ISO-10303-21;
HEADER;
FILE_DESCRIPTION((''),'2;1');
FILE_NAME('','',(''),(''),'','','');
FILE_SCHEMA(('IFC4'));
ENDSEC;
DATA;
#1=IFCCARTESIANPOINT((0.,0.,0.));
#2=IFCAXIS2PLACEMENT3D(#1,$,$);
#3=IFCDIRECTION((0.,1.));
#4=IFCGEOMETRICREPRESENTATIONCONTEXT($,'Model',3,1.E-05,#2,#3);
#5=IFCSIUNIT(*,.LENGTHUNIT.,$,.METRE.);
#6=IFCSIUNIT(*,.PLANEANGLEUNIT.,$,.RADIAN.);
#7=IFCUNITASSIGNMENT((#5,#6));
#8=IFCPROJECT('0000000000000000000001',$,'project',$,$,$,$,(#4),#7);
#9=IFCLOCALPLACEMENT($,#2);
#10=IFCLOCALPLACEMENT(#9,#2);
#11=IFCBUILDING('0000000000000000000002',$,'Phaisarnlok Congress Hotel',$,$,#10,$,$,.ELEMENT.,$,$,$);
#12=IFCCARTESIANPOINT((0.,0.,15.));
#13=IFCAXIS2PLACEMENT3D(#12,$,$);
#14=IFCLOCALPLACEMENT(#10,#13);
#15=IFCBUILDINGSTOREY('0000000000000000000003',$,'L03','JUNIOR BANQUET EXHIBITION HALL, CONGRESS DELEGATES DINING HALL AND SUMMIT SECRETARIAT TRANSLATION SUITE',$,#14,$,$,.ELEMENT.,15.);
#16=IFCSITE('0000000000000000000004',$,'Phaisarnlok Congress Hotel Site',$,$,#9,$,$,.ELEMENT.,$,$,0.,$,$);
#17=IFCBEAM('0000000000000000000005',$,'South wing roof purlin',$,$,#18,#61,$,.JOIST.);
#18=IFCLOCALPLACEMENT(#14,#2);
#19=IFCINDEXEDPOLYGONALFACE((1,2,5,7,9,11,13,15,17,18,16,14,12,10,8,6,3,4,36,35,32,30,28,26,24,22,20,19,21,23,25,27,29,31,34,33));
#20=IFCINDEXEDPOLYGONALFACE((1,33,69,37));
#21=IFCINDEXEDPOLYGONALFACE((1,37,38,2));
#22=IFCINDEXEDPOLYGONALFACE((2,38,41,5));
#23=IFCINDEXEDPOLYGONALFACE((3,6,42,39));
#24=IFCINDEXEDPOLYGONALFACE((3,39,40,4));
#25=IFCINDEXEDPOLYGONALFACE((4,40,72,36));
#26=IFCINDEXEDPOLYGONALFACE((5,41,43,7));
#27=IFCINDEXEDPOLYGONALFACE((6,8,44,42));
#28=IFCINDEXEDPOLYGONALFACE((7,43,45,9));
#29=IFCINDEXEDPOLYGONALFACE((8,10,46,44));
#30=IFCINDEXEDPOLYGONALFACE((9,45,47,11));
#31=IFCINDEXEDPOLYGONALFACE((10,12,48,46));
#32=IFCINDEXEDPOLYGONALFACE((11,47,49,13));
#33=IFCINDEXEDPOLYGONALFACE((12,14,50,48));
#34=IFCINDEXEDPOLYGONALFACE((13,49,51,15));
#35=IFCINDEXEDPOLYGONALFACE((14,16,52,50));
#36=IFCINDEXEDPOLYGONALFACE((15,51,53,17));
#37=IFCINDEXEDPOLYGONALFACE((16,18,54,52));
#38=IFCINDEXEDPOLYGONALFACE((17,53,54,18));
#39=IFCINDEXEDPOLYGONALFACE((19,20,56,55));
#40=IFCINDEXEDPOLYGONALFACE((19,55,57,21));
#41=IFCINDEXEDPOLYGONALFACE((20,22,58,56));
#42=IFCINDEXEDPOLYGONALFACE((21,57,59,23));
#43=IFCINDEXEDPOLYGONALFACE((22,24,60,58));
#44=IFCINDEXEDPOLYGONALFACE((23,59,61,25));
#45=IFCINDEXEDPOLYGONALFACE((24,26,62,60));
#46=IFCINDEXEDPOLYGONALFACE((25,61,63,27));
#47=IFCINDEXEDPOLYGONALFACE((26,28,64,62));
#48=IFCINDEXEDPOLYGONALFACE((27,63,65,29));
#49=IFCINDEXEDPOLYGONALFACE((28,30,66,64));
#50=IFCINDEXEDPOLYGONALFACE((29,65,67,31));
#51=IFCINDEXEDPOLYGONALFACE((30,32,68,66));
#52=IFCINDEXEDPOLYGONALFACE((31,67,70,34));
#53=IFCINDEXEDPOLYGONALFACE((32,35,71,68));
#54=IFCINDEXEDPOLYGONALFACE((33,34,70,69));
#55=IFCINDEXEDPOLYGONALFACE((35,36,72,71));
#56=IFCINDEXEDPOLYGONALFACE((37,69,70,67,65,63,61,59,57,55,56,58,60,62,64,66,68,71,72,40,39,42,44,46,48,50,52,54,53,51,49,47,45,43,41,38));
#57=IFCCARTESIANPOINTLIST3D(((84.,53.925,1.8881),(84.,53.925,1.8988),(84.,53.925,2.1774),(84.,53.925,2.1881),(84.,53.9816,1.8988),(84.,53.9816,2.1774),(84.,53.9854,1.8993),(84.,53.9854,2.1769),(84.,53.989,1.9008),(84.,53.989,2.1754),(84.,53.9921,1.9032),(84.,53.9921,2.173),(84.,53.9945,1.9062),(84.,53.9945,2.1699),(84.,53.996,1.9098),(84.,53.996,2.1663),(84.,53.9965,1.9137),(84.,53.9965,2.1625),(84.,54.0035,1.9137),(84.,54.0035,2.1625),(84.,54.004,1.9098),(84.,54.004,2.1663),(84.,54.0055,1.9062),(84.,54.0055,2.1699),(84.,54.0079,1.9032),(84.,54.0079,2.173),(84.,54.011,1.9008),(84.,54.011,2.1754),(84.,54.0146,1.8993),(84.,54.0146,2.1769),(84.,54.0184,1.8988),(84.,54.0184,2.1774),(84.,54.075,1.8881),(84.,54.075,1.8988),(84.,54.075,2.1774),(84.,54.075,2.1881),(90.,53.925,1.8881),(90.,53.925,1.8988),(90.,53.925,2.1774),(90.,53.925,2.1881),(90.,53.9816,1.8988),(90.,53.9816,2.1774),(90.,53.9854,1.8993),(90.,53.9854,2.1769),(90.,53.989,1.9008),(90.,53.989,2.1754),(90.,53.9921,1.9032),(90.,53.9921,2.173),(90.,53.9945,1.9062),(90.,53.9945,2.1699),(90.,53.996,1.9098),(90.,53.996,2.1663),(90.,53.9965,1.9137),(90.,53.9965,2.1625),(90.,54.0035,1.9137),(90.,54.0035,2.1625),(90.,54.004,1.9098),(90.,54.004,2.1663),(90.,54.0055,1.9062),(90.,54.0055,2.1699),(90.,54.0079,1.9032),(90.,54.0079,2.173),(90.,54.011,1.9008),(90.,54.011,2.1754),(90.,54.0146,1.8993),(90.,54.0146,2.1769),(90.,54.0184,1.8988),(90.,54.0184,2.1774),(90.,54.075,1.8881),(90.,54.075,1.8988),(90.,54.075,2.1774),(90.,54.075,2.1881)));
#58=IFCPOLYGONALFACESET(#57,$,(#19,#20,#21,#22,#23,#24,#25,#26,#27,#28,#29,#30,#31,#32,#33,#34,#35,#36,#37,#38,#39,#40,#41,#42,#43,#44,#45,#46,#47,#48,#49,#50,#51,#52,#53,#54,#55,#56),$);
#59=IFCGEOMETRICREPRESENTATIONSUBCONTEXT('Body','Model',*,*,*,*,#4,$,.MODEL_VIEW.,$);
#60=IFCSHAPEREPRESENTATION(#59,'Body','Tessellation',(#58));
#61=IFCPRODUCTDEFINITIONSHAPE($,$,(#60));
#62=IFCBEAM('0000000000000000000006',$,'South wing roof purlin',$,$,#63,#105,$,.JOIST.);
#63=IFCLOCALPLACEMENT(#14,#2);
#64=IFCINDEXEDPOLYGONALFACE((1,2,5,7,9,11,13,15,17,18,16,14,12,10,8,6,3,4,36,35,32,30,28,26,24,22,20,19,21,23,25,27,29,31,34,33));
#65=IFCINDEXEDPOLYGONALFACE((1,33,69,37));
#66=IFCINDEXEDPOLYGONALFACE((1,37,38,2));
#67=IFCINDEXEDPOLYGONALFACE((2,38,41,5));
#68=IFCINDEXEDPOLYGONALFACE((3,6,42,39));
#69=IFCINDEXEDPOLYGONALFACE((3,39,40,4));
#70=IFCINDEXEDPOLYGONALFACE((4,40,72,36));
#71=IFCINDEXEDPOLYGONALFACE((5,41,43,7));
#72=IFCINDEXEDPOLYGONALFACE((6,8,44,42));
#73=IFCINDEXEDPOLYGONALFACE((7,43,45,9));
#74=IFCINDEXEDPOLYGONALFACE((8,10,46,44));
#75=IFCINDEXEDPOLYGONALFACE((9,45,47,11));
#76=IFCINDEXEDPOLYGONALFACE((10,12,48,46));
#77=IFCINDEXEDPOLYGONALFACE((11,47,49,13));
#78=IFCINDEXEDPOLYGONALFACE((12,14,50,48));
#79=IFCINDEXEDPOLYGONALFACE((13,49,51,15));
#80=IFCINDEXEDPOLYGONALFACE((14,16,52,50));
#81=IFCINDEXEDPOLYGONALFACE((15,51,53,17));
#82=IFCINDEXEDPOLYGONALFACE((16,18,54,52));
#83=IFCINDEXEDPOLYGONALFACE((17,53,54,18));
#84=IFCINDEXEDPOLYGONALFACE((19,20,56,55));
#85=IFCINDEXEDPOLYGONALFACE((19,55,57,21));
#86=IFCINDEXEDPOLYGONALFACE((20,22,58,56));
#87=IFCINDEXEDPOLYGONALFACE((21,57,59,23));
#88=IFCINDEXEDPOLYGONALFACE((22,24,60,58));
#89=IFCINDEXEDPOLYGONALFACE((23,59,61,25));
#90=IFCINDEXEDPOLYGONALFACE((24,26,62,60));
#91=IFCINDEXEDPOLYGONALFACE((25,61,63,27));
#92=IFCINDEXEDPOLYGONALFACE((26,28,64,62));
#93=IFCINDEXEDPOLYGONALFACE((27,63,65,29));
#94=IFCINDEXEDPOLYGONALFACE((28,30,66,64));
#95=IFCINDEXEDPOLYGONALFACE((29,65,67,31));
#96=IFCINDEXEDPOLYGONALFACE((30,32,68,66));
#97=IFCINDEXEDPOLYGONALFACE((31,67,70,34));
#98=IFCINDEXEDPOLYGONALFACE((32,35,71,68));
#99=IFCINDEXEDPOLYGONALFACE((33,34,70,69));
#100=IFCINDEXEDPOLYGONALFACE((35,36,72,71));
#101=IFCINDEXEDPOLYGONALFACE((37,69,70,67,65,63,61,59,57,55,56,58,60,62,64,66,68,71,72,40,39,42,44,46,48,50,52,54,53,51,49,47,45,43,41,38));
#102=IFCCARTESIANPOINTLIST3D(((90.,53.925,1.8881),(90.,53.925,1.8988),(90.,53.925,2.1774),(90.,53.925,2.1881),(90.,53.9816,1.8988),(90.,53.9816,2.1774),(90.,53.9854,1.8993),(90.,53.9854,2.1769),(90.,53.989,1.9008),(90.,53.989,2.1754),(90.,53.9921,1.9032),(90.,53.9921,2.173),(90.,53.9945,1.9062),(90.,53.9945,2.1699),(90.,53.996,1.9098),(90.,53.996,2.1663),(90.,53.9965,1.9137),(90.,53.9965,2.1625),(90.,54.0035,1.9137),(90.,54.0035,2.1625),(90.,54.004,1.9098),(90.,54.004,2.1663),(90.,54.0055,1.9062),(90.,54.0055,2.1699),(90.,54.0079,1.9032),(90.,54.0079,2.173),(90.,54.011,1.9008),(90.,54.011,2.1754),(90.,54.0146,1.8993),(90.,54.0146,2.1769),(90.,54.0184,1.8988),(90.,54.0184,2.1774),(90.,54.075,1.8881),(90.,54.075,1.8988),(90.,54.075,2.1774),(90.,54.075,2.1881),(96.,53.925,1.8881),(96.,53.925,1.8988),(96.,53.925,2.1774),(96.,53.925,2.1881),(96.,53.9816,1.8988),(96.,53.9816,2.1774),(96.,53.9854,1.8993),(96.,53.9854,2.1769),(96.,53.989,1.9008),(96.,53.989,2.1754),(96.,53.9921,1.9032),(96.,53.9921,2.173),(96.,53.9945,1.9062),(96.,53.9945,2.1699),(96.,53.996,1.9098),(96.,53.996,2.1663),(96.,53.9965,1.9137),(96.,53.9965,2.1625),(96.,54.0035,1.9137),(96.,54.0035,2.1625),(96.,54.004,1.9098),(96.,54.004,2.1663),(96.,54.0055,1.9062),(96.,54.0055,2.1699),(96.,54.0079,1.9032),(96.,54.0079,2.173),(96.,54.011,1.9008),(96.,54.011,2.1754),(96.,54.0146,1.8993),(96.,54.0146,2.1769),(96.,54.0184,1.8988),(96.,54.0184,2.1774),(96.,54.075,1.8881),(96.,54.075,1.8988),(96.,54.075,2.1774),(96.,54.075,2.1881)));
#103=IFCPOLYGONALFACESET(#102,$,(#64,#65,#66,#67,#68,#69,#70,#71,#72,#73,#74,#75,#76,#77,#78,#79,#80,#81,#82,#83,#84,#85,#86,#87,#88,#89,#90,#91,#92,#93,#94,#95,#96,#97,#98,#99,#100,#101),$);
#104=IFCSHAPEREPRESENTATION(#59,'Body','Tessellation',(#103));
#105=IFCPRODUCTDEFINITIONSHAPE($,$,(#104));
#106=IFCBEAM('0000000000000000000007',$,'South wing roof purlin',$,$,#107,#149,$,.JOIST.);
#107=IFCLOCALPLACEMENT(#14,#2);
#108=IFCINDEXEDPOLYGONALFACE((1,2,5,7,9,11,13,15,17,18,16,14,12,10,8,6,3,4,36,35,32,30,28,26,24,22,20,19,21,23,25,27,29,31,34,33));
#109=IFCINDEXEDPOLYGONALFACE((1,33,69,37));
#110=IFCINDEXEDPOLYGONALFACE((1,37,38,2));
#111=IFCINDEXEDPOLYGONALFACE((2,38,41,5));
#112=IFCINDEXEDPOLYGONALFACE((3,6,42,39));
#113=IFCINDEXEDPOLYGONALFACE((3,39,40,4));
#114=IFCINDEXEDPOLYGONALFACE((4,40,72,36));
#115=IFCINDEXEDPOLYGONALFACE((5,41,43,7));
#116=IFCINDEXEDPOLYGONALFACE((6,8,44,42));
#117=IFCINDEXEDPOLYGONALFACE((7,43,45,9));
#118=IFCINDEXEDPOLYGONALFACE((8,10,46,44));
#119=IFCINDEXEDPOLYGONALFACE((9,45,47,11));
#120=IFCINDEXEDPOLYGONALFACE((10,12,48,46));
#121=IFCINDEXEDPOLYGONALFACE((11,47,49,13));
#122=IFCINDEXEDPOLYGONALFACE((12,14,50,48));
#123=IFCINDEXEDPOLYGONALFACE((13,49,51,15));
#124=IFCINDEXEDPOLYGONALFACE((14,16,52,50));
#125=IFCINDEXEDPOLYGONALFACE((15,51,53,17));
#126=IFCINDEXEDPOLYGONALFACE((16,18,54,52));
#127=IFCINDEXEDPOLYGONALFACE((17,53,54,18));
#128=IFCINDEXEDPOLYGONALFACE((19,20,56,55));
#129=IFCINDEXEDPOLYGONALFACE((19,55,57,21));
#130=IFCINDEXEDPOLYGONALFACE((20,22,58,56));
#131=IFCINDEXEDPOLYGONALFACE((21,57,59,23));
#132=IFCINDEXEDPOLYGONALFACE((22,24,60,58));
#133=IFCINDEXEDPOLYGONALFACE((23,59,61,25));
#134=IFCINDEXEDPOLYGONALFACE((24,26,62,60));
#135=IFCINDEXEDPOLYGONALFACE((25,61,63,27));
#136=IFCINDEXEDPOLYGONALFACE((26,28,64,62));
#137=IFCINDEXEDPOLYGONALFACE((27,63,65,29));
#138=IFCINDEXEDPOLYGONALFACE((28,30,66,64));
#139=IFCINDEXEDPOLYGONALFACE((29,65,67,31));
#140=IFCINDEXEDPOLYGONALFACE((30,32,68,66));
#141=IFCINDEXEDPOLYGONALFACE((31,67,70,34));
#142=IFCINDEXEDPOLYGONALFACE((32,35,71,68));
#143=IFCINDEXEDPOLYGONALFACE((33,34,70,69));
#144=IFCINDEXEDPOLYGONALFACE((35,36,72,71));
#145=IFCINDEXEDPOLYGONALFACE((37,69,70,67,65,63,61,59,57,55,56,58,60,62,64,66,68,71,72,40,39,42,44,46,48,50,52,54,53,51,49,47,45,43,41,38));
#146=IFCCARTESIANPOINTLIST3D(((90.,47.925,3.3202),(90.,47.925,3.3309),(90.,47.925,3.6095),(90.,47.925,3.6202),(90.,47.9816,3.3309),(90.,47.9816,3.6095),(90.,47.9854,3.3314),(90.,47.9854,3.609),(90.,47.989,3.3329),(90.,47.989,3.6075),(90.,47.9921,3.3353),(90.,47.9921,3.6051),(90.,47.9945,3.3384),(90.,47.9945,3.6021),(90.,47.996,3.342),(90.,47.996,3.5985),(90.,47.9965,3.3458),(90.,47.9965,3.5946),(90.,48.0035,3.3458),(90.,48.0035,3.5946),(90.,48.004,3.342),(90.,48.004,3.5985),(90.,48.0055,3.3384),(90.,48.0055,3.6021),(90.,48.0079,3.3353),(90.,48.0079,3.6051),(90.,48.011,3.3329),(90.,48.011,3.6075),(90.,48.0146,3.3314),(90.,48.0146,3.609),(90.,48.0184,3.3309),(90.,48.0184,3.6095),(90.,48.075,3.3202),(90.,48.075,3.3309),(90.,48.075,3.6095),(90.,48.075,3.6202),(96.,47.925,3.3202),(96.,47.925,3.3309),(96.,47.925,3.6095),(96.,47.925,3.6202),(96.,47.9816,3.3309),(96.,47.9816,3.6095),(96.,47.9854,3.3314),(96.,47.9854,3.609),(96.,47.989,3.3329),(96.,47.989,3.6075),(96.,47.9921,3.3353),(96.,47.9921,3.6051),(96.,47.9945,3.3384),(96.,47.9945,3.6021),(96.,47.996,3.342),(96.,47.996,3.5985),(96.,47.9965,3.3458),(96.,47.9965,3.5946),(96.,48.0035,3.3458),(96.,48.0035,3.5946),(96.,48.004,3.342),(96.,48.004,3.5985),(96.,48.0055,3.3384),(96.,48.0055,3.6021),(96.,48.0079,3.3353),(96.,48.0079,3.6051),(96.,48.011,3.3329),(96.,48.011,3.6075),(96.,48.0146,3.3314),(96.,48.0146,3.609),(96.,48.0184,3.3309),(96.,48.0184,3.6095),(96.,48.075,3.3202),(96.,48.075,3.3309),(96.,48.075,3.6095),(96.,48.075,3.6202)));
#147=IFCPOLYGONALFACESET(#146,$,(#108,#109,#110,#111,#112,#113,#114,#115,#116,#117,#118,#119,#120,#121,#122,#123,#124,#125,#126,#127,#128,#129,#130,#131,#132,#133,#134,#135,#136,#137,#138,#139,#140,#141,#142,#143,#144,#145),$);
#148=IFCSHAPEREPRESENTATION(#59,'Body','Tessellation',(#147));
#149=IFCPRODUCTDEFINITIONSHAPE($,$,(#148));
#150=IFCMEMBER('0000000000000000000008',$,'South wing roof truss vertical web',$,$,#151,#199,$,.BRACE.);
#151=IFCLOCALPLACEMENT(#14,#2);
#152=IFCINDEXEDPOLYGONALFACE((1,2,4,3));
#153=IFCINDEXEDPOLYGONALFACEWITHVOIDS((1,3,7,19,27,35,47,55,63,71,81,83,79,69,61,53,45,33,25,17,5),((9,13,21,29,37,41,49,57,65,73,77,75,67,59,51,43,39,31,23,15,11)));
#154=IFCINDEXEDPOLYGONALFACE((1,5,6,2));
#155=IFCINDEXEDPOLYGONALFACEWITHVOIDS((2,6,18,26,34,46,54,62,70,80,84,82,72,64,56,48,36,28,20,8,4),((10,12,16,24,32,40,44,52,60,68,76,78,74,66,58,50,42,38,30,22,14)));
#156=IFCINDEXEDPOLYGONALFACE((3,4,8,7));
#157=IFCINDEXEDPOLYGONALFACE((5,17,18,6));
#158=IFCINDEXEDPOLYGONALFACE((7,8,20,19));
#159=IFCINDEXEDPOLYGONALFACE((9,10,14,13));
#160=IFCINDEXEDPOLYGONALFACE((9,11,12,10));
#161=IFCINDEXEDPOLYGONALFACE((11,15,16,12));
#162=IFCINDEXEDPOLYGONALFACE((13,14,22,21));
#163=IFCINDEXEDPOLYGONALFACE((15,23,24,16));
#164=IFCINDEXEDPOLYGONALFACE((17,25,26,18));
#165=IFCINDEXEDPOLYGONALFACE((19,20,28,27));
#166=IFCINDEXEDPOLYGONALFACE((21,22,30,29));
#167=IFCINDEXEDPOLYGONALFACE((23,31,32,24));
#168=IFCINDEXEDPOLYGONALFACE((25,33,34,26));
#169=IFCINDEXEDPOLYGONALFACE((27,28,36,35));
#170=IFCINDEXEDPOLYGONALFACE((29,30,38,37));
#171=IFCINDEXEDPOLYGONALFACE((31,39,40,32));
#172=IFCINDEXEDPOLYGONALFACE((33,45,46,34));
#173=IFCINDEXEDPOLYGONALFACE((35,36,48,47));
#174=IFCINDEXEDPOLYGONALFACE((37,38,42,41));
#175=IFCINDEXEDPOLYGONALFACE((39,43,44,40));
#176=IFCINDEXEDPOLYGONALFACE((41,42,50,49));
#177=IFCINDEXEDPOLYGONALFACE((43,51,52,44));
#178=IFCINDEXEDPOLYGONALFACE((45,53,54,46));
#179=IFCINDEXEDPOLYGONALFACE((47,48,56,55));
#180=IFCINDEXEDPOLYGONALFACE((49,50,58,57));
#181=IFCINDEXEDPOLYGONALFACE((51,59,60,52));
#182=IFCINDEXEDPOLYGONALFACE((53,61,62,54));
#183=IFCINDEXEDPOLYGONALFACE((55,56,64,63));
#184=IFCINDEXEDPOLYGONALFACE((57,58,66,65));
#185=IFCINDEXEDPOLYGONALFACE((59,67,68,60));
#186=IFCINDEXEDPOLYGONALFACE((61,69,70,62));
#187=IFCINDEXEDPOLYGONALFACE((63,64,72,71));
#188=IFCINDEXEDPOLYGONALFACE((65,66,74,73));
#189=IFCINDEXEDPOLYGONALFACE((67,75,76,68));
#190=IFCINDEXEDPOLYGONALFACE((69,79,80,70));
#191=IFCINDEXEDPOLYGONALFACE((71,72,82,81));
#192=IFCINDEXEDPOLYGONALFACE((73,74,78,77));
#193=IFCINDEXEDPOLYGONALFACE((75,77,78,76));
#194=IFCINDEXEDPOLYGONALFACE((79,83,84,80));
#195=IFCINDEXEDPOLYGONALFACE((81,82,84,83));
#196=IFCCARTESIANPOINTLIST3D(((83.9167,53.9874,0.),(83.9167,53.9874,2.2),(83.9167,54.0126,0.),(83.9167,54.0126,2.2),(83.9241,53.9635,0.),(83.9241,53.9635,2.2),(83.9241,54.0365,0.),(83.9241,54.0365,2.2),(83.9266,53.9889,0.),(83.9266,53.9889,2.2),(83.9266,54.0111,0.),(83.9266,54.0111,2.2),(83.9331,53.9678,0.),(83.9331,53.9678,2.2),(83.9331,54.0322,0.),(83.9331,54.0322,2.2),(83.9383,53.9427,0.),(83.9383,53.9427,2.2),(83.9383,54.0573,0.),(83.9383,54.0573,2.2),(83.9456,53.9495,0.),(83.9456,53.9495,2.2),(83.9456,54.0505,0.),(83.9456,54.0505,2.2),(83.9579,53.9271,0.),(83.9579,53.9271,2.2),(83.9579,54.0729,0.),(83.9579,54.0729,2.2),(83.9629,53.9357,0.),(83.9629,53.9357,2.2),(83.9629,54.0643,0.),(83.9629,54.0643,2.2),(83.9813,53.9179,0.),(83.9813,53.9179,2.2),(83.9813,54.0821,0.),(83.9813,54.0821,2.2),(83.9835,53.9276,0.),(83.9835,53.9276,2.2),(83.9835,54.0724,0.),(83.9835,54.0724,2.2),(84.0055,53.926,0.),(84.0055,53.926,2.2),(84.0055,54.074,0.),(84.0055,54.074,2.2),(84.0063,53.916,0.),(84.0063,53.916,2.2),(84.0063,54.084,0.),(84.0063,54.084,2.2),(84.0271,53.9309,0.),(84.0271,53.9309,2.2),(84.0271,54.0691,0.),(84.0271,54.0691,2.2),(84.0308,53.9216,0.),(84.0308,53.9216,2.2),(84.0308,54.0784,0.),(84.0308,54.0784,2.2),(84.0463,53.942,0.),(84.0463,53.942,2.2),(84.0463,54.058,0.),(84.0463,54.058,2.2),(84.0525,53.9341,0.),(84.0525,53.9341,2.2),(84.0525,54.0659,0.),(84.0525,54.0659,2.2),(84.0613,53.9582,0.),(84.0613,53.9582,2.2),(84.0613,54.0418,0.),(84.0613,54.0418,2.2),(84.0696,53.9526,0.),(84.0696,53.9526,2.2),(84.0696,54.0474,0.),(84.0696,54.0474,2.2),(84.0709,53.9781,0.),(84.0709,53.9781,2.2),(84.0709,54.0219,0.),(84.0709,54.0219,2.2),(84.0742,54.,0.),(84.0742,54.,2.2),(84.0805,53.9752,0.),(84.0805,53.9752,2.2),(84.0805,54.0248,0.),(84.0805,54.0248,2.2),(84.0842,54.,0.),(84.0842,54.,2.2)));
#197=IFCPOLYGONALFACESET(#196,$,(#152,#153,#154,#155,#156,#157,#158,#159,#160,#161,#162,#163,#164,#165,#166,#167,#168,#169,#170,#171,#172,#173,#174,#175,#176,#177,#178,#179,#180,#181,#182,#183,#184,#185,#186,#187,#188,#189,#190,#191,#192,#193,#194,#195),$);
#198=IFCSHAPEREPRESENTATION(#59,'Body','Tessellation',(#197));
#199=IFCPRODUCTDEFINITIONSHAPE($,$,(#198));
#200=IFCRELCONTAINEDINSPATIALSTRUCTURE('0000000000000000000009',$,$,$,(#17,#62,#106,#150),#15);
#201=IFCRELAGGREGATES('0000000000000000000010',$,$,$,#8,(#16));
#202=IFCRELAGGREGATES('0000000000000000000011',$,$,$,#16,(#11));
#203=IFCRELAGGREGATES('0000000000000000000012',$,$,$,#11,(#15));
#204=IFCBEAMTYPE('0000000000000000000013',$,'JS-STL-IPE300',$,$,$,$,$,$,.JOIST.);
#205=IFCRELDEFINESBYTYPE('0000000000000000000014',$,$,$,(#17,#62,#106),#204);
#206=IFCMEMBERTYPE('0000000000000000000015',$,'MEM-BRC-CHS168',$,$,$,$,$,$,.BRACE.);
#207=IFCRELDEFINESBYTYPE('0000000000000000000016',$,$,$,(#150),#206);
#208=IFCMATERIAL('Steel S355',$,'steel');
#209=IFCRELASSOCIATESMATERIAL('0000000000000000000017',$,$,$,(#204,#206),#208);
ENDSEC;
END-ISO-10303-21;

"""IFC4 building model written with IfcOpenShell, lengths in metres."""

from ifc_helpers import new_model, si_unit, direction, frame, origin, origin_2d, place, context, subcontext, project, spatial, hollow_circle, i_section, extrude, material, material_profile, profile_set, type_object, element, save


model = new_model("IFC4")

# Units and contexts
model_context = context("Model", 3, precision=1e-05, world=origin(), true_north=direction((0.0, 1.0)))
body_context = subcontext(model_context, "Body", "Model", "MODEL_VIEW")
ifc_project = project(units=[si_unit("LENGTHUNIT", "METRE"), si_unit("PLANEANGLEUNIT", "RADIAN")], contexts=[model_context])

# Site, building, storey
site_placement = place(None, origin())
site = spatial("IfcSite", under=ifc_project, at=site_placement, Name="Phaisarnlok Congress Hotel Site", CompositionType="ELEMENT", RefElevation=0.0)
building_placement = place(site_placement, origin())
building = spatial("IfcBuilding", under=site, at=building_placement, Name="Phaisarnlok Congress Hotel", CompositionType="ELEMENT")
storey_placement = place(building_placement, frame((0.0, 0.0, 15.0)))
storey = spatial("IfcBuildingStorey", under=building, at=storey_placement, Name="L03", Description="JUNIOR BANQUET EXHIBITION HALL, CONGRESS DELEGATES DINING HALL AND SUMMIT SECRETARIAT TRANSLATION SUITE", CompositionType="ELEMENT", Elevation=15.0)

# Beams
ifc_material = material(Name="Steel S355", Category="steel")
ifc_material_profile_1 = material_profile(ifc_material, i_section(OverallWidth=0.1499, OverallDepth=0.3, WebThickness=0.0071, FlangeThickness=0.0107, FilletRadius=0.0149, at=origin_2d()), Name="IPE 300")
ifc_profile_set_1 = profile_set([ifc_material_profile_1], Name="Steel S355")
beam_type = type_object("IfcBeamType", Name="JS-STL-IPE300", PredefinedType="JOIST", material=ifc_profile_set_1)
for number, where, z_axis, x_axis, name in (
    (1, (84.0, 54.0, 2.0381), (1.0, 0.0, 0.0), (0.0, 1.0, 0.0), "South wing roof purlin"),
    (2, (90.0, 54.0, 2.0381), (1.0, 0.0, 0.0), (0.0, 1.0, 0.0), "South wing roof purlin"),
    (3, (90.0, 48.0, 3.4702), (1.0, 0.0, 0.0), (0.0, 1.0, 0.0), "South wing roof purlin"),
):
    element("IfcBeam", number, at=place(storey_placement, frame(where, z_axis=z_axis, x_axis=x_axis)), inside=storey, type_object=beam_type, Name=name, PredefinedType="JOIST", context=body_context, shape_type="SweptSolid", body=[
        extrude(i_section(OverallWidth=0.1499, OverallDepth=0.3, WebThickness=0.0071, FlangeThickness=0.0107, FilletRadius=0.0149, at=origin_2d()), origin(), (0.0, 0.0, 1.0), 6.0),
    ])

# Member
ifc_material_profile_2 = material_profile(ifc_material, hollow_circle(Radius=0.0842, WallThickness=0.01, at=origin_2d()), Name="CHS 168.3x10")
ifc_profile_set_2 = profile_set([ifc_material_profile_2], Name="Steel S355")
member_type_1 = type_object("IfcMemberType", Name="MEM-BRC-CHS168", PredefinedType="BRACE", material=ifc_profile_set_2)
member_1_placement = place(storey_placement, frame((84.0, 54.0, 0.0), z_axis=(0.0, 0.0, 1.0), x_axis=(1.0, 0.0, 0.0)))
element("IfcMember", 4, at=member_1_placement, inside=storey, type_object=member_type_1, Name="South wing roof truss vertical web", PredefinedType="BRACE", context=body_context, shape_type="SweptSolid", body=[
    extrude(hollow_circle(Radius=0.0842, WallThickness=0.01, at=origin_2d()), origin(), (0.0, 0.0, 1.0), 2.2),
])

save(model, "model.ifc")
